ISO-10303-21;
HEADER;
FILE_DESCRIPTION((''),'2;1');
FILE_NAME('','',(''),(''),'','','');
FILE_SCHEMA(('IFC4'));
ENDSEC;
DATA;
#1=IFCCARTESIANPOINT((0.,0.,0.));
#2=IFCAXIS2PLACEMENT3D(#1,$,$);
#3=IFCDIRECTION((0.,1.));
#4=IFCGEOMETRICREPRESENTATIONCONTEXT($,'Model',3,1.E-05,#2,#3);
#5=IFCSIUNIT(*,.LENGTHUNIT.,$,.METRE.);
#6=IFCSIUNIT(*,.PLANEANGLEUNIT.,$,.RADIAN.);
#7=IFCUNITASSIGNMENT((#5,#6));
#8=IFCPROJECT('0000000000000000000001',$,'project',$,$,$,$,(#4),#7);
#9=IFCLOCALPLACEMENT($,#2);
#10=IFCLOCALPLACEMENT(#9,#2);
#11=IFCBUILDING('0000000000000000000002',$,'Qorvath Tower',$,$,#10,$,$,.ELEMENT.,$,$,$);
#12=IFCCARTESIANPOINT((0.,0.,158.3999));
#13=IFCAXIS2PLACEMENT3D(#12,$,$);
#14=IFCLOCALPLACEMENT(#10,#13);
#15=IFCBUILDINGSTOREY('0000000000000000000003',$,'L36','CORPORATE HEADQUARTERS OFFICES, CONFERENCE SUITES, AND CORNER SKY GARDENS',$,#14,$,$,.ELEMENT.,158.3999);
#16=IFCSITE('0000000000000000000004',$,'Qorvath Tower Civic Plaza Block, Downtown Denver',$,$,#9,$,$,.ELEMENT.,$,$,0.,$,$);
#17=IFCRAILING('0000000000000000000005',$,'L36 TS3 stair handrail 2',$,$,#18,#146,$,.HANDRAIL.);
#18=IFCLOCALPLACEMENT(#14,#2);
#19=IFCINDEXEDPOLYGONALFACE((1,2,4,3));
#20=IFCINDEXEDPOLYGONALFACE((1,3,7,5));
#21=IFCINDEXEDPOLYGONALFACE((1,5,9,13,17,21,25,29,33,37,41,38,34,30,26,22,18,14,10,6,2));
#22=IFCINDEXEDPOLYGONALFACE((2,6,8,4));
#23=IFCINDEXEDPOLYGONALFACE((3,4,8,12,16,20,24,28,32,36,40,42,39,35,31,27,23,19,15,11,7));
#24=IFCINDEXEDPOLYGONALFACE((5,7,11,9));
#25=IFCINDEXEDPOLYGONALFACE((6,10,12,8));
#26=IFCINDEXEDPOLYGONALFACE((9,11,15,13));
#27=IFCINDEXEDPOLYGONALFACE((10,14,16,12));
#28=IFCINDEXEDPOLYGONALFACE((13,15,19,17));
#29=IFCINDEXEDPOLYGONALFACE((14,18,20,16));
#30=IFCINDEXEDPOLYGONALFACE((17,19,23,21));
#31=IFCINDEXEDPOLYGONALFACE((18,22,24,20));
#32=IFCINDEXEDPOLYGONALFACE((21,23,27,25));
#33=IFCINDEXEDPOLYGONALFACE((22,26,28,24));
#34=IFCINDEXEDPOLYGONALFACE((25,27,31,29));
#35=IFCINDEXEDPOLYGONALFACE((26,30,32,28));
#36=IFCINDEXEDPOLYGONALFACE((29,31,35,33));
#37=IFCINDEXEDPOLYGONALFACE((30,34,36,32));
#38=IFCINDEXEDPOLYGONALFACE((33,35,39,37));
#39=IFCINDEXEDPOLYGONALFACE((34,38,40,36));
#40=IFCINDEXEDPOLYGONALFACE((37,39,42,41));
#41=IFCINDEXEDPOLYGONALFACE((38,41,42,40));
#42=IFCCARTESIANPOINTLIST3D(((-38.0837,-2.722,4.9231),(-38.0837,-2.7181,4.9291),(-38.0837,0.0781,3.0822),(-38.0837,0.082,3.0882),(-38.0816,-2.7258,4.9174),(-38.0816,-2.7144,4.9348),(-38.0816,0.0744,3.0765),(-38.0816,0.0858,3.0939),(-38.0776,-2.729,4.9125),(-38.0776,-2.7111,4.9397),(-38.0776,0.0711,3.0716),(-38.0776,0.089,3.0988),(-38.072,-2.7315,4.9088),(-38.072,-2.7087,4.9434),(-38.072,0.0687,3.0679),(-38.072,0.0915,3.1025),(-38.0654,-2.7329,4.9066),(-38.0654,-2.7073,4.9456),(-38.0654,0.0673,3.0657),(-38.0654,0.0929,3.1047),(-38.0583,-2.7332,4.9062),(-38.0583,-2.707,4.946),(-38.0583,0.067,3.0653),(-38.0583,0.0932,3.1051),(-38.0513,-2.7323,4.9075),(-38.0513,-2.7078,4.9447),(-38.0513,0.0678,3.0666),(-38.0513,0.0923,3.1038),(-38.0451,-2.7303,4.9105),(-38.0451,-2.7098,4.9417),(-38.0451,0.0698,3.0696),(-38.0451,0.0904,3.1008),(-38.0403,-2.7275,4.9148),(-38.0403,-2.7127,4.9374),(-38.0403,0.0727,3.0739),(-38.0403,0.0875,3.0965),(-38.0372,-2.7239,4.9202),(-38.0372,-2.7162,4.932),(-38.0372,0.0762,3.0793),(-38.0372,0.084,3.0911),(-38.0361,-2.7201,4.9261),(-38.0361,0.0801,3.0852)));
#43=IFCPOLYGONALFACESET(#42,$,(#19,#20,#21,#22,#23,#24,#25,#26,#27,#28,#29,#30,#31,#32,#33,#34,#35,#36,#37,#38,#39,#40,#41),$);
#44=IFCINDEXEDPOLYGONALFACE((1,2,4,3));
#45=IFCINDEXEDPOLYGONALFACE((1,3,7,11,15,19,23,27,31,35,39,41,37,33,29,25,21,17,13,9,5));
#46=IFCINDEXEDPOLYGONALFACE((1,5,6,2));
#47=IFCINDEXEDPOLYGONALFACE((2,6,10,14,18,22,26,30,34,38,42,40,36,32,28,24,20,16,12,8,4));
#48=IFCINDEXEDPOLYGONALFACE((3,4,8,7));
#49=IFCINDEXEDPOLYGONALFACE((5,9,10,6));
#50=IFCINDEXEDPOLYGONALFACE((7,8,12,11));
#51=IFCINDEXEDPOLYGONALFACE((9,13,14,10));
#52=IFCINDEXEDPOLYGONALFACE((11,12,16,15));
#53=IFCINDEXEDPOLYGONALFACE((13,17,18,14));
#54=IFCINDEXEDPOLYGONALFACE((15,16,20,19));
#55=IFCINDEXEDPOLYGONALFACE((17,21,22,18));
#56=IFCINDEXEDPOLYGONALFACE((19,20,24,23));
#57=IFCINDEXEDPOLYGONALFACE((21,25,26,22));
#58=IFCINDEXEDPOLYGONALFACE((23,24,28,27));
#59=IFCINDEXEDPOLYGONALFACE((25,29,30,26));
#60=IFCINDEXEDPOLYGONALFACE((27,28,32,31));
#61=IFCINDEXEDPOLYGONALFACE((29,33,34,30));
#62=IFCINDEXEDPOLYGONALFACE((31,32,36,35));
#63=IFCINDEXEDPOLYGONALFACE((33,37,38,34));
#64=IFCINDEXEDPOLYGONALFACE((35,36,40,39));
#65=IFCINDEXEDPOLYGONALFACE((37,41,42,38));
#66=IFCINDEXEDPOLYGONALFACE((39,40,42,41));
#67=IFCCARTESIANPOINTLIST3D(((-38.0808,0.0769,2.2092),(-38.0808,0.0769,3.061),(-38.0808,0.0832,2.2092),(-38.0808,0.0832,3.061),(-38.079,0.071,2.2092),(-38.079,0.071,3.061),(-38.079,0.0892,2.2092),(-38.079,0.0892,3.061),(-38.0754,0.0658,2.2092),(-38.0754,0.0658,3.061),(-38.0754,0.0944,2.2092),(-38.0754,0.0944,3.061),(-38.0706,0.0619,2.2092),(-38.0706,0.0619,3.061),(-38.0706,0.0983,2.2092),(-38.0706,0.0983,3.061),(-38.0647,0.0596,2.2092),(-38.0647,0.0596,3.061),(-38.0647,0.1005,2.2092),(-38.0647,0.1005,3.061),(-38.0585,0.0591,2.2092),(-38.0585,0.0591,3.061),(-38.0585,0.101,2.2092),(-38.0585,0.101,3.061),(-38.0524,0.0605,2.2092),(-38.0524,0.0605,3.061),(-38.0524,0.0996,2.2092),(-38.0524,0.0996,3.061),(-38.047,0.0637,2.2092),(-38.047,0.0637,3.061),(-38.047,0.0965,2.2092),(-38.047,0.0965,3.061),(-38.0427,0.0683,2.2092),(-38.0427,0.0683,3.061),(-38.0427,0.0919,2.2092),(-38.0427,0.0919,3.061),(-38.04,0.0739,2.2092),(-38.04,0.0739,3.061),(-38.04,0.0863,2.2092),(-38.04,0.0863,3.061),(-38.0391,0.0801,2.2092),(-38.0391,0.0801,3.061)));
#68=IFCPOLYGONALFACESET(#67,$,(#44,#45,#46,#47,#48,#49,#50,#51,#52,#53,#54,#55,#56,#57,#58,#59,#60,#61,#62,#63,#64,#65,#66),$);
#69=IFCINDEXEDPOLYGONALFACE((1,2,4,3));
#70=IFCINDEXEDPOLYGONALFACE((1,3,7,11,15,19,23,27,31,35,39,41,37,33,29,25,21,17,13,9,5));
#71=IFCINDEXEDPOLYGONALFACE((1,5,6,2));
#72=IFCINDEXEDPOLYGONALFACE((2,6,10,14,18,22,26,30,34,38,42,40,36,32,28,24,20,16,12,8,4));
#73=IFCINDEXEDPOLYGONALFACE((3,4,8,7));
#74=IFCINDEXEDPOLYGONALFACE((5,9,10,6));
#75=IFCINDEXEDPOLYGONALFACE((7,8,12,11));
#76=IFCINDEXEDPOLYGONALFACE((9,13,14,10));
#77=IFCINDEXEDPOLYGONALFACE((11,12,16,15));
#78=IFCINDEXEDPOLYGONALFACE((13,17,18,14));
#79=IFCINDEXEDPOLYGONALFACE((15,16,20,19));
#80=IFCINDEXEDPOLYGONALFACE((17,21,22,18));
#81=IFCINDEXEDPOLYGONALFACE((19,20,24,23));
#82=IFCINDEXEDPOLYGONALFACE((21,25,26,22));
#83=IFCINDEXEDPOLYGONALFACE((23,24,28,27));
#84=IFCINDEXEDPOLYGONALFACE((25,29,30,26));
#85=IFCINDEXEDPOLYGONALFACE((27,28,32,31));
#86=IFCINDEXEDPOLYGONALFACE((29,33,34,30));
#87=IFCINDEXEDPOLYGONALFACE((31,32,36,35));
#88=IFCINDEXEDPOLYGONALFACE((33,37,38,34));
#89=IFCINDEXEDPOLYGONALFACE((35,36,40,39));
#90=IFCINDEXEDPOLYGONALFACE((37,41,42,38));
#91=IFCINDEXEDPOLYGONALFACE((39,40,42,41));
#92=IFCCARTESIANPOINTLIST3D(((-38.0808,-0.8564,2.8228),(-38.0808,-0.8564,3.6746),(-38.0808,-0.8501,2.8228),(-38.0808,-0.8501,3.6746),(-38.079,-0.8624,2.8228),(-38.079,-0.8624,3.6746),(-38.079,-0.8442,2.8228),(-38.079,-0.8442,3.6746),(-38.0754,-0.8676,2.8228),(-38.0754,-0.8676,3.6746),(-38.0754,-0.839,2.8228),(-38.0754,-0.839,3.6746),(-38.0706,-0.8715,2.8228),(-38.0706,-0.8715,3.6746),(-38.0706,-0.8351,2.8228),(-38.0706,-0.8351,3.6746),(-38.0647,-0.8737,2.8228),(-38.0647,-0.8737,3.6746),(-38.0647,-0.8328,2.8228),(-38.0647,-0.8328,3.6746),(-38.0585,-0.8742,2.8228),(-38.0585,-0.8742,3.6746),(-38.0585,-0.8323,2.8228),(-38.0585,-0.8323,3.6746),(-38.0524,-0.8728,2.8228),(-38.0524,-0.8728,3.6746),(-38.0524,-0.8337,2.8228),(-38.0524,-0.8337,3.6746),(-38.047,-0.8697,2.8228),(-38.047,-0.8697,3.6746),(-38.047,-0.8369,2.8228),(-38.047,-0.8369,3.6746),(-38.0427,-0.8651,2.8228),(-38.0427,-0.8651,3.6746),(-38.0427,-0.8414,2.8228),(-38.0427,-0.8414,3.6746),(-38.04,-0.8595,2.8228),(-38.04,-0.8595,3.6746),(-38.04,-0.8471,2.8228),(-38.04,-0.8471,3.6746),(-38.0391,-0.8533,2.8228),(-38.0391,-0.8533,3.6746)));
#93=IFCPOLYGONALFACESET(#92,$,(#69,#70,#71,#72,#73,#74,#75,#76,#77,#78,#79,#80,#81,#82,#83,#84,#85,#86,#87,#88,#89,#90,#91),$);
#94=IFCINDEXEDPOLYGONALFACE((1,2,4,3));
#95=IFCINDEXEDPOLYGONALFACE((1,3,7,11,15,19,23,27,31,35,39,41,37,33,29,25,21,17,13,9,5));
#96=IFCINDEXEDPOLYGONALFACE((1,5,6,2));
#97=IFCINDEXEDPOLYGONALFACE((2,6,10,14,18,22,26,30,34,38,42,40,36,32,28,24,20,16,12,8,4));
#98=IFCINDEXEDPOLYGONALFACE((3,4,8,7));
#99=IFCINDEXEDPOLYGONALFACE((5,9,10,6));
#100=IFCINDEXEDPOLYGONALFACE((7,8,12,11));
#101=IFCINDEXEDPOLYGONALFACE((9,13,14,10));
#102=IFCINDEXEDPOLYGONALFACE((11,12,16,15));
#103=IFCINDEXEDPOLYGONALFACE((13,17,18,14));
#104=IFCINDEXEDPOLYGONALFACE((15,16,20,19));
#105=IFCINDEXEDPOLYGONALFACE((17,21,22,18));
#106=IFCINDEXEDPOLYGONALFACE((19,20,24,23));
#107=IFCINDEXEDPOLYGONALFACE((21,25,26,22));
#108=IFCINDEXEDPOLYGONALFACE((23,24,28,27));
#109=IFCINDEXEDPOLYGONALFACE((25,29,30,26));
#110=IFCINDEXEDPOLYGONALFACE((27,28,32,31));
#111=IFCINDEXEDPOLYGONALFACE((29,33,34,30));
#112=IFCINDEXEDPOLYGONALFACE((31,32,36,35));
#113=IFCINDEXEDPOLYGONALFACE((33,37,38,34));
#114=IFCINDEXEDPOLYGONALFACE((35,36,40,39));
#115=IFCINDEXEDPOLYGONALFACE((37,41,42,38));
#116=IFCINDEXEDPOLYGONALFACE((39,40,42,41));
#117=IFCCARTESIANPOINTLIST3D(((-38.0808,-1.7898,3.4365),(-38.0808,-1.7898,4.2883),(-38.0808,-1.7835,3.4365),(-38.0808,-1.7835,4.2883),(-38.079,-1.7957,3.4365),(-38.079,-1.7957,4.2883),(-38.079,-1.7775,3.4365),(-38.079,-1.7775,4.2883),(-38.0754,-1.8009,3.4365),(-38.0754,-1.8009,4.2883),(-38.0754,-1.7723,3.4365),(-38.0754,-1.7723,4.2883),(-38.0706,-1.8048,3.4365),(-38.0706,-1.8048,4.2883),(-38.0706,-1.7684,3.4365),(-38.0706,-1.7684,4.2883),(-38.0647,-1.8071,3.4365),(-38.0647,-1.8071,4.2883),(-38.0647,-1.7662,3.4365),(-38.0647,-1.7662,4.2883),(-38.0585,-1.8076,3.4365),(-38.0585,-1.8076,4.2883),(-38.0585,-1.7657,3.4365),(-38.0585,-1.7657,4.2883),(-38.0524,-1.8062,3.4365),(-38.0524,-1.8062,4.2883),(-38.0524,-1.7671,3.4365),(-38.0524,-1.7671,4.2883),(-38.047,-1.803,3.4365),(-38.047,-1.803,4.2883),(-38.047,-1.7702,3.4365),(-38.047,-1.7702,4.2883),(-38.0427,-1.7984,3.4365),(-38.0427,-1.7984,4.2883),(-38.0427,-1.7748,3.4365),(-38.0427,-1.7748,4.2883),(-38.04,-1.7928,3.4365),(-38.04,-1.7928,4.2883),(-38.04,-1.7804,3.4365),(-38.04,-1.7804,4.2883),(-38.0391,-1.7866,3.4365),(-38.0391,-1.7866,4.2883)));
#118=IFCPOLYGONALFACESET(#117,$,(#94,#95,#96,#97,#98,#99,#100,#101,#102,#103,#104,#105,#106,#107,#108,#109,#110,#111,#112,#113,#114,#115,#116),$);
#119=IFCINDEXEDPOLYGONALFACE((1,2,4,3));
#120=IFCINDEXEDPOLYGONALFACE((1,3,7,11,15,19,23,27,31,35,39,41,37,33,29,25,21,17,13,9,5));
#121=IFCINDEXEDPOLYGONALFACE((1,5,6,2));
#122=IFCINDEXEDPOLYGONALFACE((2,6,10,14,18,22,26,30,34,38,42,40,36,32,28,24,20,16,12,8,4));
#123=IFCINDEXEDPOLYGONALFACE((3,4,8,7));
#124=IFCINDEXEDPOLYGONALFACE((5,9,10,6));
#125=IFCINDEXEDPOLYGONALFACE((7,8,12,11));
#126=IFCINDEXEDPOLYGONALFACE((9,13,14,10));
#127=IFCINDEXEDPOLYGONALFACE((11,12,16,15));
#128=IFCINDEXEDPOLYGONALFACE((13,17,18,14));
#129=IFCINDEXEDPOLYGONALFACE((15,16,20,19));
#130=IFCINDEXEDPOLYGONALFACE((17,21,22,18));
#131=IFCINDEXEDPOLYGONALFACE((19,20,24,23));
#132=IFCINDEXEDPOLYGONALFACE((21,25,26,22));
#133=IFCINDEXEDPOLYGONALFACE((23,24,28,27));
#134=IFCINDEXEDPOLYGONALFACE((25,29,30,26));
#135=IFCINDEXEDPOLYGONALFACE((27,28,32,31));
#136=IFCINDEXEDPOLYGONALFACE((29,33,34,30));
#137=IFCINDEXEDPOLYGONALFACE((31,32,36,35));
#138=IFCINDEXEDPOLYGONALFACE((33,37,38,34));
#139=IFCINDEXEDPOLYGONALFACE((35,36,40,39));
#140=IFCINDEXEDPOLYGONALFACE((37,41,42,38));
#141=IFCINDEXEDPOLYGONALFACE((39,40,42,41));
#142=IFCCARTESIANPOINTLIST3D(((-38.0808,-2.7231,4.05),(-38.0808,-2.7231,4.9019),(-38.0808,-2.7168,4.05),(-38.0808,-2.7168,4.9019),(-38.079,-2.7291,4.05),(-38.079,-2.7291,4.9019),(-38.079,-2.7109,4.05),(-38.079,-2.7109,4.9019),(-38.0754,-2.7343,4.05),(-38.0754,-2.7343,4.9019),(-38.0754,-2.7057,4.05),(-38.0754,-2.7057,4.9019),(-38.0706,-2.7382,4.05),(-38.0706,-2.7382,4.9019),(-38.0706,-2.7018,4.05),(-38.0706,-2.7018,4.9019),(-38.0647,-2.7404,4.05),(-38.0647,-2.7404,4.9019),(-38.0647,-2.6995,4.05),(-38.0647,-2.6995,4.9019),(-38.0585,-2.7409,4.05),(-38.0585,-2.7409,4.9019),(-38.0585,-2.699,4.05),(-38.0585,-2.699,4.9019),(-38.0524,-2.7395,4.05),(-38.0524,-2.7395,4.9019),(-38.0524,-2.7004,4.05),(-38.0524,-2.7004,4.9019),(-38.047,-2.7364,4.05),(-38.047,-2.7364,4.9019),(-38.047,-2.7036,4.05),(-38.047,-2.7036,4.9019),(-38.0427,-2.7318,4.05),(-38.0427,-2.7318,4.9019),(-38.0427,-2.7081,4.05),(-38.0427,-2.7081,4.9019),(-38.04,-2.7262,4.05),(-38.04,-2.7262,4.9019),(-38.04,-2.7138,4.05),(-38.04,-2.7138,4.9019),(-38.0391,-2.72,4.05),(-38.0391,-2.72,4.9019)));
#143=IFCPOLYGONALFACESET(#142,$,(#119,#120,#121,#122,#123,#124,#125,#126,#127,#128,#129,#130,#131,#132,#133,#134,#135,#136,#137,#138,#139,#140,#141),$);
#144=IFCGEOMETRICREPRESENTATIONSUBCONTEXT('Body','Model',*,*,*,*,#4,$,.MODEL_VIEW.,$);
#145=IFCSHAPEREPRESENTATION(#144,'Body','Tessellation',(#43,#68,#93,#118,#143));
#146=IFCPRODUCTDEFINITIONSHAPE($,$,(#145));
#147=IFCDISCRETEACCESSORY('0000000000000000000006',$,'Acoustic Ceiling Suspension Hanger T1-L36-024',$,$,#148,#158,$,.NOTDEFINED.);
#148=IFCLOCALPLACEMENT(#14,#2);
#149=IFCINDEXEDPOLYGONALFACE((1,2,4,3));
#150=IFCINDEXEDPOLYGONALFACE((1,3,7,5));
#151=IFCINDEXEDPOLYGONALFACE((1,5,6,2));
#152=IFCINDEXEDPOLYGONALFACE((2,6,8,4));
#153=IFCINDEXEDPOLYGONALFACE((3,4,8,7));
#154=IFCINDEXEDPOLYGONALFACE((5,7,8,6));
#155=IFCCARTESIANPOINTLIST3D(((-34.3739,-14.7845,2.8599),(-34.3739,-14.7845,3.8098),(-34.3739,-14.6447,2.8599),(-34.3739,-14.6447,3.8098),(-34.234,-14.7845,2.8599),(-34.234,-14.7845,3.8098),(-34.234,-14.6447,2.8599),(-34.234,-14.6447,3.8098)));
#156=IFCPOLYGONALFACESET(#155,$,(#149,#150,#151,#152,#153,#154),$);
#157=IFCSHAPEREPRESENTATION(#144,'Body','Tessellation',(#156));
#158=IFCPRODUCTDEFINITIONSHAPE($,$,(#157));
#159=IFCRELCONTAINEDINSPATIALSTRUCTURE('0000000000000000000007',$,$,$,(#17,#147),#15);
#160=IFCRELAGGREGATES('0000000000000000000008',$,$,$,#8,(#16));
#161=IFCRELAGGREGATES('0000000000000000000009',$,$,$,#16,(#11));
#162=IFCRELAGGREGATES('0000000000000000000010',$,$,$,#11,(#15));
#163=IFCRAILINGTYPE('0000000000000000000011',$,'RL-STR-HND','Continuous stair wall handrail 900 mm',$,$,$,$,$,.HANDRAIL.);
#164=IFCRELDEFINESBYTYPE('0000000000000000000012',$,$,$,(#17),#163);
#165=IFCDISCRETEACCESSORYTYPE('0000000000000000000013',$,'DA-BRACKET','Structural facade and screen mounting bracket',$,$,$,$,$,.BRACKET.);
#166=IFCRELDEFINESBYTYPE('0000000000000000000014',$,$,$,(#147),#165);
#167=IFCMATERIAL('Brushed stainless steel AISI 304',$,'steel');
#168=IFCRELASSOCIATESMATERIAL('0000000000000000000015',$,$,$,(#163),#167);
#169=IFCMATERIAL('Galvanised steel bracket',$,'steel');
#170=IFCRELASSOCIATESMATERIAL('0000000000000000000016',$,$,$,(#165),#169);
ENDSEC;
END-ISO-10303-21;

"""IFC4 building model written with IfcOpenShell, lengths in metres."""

from ifc_helpers import new_model, si_unit, direction, frame, origin, origin_2d, place, context, subcontext, project, spatial, rectangle, circle, extrude, material, type_object, element, save


model = new_model("IFC4")

# Units and contexts
model_context = context("Model", 3, precision=1e-05, world=origin(), true_north=direction((0.0, 1.0)))
body_context = subcontext(model_context, "Body", "Model", "MODEL_VIEW")
ifc_project = project(units=[si_unit("LENGTHUNIT", "METRE"), si_unit("PLANEANGLEUNIT", "RADIAN")], contexts=[model_context])

# Site, building, storey
site_placement = place(None, origin())
site = spatial("IfcSite", under=ifc_project, at=site_placement, Name="Qorvath Tower Civic Plaza Block, Downtown Denver", CompositionType="ELEMENT", RefElevation=0.0)
building_placement = place(site_placement, origin())
building = spatial("IfcBuilding", under=site, at=building_placement, Name="Qorvath Tower", CompositionType="ELEMENT")
storey_placement = place(building_placement, frame((0.0, 0.0, 158.3999)))
storey = spatial("IfcBuildingStorey", under=building, at=storey_placement, Name="L36", Description="CORPORATE HEADQUARTERS OFFICES, CONFERENCE SUITES, AND CORNER SKY GARDENS", CompositionType="ELEMENT", Elevation=158.3999)

# Railing
ifc_material_1 = material(Name="Brushed stainless steel AISI 304", Category="steel")
railing_type_1 = type_object("IfcRailingType", Name="RL-STR-HND", Description="Continuous stair wall handrail 900 mm", PredefinedType="HANDRAIL", material=ifc_material_1)
railing_1_placement = place(storey_placement, frame((-38.0601, 0.0801, 2.2092)))
element("IfcRailing", 1, at=railing_1_placement, inside=storey, type_object=railing_type_1, Name="L36 TS3 stair handrail 2", PredefinedType="HANDRAIL", context=body_context, shape_type="SweptSolid", body=[
    extrude(circle(Radius=0.0239, at=origin_2d()), frame((0.0, 0.0, 0.876), z_axis=(0.0, -0.835598, 0.549342), x_axis=(1.0, 0.0, 0.0)), (0.0, 0.0, 1.0), 3.3511),
    extrude(circle(Radius=0.021, at=origin_2d()), origin(), (0.0, 0.0, 1.0), 0.8518),
    extrude(circle(Radius=0.021, at=origin_2d()), frame((0.0, -0.9333, 0.6135)), (0.0, 0.0, 1.0), 0.8518),
    extrude(circle(Radius=0.021, at=origin_2d()), frame((0.0, -1.8667, 1.2273)), (0.0, 0.0, 1.0), 0.8518),
    extrude(circle(Radius=0.021, at=origin_2d()), frame((0.0, -2.8, 1.8408)), (0.0, 0.0, 1.0), 0.8518),
])

# Discrete accessory
ifc_material_2 = material(Name="Galvanised steel bracket", Category="steel")
discrete_accessory_type = type_object("IfcDiscreteAccessoryType", Name="DA-BRACKET", Description="Structural facade and screen mounting bracket", PredefinedType="BRACKET", material=ifc_material_2)
discrete_accessory_placement = place(storey_placement, frame((-34.304, -14.7146, 2.8599), z_axis=(0.0, 0.0, 1.0), x_axis=(1.0, 0.0, 0.0)))
element("IfcDiscreteAccessory", 2, at=discrete_accessory_placement, inside=storey, type_object=discrete_accessory_type, Name="Acoustic Ceiling Suspension Hanger T1-L36-024", PredefinedType="NOTDEFINED", context=body_context, shape_type="SweptSolid", body=[
    extrude(rectangle(XDim=0.1399, YDim=0.1399, at=origin_2d()), origin(), (0.0, 0.0, 1.0), 0.95),
])

save(model, "model.ifc")
